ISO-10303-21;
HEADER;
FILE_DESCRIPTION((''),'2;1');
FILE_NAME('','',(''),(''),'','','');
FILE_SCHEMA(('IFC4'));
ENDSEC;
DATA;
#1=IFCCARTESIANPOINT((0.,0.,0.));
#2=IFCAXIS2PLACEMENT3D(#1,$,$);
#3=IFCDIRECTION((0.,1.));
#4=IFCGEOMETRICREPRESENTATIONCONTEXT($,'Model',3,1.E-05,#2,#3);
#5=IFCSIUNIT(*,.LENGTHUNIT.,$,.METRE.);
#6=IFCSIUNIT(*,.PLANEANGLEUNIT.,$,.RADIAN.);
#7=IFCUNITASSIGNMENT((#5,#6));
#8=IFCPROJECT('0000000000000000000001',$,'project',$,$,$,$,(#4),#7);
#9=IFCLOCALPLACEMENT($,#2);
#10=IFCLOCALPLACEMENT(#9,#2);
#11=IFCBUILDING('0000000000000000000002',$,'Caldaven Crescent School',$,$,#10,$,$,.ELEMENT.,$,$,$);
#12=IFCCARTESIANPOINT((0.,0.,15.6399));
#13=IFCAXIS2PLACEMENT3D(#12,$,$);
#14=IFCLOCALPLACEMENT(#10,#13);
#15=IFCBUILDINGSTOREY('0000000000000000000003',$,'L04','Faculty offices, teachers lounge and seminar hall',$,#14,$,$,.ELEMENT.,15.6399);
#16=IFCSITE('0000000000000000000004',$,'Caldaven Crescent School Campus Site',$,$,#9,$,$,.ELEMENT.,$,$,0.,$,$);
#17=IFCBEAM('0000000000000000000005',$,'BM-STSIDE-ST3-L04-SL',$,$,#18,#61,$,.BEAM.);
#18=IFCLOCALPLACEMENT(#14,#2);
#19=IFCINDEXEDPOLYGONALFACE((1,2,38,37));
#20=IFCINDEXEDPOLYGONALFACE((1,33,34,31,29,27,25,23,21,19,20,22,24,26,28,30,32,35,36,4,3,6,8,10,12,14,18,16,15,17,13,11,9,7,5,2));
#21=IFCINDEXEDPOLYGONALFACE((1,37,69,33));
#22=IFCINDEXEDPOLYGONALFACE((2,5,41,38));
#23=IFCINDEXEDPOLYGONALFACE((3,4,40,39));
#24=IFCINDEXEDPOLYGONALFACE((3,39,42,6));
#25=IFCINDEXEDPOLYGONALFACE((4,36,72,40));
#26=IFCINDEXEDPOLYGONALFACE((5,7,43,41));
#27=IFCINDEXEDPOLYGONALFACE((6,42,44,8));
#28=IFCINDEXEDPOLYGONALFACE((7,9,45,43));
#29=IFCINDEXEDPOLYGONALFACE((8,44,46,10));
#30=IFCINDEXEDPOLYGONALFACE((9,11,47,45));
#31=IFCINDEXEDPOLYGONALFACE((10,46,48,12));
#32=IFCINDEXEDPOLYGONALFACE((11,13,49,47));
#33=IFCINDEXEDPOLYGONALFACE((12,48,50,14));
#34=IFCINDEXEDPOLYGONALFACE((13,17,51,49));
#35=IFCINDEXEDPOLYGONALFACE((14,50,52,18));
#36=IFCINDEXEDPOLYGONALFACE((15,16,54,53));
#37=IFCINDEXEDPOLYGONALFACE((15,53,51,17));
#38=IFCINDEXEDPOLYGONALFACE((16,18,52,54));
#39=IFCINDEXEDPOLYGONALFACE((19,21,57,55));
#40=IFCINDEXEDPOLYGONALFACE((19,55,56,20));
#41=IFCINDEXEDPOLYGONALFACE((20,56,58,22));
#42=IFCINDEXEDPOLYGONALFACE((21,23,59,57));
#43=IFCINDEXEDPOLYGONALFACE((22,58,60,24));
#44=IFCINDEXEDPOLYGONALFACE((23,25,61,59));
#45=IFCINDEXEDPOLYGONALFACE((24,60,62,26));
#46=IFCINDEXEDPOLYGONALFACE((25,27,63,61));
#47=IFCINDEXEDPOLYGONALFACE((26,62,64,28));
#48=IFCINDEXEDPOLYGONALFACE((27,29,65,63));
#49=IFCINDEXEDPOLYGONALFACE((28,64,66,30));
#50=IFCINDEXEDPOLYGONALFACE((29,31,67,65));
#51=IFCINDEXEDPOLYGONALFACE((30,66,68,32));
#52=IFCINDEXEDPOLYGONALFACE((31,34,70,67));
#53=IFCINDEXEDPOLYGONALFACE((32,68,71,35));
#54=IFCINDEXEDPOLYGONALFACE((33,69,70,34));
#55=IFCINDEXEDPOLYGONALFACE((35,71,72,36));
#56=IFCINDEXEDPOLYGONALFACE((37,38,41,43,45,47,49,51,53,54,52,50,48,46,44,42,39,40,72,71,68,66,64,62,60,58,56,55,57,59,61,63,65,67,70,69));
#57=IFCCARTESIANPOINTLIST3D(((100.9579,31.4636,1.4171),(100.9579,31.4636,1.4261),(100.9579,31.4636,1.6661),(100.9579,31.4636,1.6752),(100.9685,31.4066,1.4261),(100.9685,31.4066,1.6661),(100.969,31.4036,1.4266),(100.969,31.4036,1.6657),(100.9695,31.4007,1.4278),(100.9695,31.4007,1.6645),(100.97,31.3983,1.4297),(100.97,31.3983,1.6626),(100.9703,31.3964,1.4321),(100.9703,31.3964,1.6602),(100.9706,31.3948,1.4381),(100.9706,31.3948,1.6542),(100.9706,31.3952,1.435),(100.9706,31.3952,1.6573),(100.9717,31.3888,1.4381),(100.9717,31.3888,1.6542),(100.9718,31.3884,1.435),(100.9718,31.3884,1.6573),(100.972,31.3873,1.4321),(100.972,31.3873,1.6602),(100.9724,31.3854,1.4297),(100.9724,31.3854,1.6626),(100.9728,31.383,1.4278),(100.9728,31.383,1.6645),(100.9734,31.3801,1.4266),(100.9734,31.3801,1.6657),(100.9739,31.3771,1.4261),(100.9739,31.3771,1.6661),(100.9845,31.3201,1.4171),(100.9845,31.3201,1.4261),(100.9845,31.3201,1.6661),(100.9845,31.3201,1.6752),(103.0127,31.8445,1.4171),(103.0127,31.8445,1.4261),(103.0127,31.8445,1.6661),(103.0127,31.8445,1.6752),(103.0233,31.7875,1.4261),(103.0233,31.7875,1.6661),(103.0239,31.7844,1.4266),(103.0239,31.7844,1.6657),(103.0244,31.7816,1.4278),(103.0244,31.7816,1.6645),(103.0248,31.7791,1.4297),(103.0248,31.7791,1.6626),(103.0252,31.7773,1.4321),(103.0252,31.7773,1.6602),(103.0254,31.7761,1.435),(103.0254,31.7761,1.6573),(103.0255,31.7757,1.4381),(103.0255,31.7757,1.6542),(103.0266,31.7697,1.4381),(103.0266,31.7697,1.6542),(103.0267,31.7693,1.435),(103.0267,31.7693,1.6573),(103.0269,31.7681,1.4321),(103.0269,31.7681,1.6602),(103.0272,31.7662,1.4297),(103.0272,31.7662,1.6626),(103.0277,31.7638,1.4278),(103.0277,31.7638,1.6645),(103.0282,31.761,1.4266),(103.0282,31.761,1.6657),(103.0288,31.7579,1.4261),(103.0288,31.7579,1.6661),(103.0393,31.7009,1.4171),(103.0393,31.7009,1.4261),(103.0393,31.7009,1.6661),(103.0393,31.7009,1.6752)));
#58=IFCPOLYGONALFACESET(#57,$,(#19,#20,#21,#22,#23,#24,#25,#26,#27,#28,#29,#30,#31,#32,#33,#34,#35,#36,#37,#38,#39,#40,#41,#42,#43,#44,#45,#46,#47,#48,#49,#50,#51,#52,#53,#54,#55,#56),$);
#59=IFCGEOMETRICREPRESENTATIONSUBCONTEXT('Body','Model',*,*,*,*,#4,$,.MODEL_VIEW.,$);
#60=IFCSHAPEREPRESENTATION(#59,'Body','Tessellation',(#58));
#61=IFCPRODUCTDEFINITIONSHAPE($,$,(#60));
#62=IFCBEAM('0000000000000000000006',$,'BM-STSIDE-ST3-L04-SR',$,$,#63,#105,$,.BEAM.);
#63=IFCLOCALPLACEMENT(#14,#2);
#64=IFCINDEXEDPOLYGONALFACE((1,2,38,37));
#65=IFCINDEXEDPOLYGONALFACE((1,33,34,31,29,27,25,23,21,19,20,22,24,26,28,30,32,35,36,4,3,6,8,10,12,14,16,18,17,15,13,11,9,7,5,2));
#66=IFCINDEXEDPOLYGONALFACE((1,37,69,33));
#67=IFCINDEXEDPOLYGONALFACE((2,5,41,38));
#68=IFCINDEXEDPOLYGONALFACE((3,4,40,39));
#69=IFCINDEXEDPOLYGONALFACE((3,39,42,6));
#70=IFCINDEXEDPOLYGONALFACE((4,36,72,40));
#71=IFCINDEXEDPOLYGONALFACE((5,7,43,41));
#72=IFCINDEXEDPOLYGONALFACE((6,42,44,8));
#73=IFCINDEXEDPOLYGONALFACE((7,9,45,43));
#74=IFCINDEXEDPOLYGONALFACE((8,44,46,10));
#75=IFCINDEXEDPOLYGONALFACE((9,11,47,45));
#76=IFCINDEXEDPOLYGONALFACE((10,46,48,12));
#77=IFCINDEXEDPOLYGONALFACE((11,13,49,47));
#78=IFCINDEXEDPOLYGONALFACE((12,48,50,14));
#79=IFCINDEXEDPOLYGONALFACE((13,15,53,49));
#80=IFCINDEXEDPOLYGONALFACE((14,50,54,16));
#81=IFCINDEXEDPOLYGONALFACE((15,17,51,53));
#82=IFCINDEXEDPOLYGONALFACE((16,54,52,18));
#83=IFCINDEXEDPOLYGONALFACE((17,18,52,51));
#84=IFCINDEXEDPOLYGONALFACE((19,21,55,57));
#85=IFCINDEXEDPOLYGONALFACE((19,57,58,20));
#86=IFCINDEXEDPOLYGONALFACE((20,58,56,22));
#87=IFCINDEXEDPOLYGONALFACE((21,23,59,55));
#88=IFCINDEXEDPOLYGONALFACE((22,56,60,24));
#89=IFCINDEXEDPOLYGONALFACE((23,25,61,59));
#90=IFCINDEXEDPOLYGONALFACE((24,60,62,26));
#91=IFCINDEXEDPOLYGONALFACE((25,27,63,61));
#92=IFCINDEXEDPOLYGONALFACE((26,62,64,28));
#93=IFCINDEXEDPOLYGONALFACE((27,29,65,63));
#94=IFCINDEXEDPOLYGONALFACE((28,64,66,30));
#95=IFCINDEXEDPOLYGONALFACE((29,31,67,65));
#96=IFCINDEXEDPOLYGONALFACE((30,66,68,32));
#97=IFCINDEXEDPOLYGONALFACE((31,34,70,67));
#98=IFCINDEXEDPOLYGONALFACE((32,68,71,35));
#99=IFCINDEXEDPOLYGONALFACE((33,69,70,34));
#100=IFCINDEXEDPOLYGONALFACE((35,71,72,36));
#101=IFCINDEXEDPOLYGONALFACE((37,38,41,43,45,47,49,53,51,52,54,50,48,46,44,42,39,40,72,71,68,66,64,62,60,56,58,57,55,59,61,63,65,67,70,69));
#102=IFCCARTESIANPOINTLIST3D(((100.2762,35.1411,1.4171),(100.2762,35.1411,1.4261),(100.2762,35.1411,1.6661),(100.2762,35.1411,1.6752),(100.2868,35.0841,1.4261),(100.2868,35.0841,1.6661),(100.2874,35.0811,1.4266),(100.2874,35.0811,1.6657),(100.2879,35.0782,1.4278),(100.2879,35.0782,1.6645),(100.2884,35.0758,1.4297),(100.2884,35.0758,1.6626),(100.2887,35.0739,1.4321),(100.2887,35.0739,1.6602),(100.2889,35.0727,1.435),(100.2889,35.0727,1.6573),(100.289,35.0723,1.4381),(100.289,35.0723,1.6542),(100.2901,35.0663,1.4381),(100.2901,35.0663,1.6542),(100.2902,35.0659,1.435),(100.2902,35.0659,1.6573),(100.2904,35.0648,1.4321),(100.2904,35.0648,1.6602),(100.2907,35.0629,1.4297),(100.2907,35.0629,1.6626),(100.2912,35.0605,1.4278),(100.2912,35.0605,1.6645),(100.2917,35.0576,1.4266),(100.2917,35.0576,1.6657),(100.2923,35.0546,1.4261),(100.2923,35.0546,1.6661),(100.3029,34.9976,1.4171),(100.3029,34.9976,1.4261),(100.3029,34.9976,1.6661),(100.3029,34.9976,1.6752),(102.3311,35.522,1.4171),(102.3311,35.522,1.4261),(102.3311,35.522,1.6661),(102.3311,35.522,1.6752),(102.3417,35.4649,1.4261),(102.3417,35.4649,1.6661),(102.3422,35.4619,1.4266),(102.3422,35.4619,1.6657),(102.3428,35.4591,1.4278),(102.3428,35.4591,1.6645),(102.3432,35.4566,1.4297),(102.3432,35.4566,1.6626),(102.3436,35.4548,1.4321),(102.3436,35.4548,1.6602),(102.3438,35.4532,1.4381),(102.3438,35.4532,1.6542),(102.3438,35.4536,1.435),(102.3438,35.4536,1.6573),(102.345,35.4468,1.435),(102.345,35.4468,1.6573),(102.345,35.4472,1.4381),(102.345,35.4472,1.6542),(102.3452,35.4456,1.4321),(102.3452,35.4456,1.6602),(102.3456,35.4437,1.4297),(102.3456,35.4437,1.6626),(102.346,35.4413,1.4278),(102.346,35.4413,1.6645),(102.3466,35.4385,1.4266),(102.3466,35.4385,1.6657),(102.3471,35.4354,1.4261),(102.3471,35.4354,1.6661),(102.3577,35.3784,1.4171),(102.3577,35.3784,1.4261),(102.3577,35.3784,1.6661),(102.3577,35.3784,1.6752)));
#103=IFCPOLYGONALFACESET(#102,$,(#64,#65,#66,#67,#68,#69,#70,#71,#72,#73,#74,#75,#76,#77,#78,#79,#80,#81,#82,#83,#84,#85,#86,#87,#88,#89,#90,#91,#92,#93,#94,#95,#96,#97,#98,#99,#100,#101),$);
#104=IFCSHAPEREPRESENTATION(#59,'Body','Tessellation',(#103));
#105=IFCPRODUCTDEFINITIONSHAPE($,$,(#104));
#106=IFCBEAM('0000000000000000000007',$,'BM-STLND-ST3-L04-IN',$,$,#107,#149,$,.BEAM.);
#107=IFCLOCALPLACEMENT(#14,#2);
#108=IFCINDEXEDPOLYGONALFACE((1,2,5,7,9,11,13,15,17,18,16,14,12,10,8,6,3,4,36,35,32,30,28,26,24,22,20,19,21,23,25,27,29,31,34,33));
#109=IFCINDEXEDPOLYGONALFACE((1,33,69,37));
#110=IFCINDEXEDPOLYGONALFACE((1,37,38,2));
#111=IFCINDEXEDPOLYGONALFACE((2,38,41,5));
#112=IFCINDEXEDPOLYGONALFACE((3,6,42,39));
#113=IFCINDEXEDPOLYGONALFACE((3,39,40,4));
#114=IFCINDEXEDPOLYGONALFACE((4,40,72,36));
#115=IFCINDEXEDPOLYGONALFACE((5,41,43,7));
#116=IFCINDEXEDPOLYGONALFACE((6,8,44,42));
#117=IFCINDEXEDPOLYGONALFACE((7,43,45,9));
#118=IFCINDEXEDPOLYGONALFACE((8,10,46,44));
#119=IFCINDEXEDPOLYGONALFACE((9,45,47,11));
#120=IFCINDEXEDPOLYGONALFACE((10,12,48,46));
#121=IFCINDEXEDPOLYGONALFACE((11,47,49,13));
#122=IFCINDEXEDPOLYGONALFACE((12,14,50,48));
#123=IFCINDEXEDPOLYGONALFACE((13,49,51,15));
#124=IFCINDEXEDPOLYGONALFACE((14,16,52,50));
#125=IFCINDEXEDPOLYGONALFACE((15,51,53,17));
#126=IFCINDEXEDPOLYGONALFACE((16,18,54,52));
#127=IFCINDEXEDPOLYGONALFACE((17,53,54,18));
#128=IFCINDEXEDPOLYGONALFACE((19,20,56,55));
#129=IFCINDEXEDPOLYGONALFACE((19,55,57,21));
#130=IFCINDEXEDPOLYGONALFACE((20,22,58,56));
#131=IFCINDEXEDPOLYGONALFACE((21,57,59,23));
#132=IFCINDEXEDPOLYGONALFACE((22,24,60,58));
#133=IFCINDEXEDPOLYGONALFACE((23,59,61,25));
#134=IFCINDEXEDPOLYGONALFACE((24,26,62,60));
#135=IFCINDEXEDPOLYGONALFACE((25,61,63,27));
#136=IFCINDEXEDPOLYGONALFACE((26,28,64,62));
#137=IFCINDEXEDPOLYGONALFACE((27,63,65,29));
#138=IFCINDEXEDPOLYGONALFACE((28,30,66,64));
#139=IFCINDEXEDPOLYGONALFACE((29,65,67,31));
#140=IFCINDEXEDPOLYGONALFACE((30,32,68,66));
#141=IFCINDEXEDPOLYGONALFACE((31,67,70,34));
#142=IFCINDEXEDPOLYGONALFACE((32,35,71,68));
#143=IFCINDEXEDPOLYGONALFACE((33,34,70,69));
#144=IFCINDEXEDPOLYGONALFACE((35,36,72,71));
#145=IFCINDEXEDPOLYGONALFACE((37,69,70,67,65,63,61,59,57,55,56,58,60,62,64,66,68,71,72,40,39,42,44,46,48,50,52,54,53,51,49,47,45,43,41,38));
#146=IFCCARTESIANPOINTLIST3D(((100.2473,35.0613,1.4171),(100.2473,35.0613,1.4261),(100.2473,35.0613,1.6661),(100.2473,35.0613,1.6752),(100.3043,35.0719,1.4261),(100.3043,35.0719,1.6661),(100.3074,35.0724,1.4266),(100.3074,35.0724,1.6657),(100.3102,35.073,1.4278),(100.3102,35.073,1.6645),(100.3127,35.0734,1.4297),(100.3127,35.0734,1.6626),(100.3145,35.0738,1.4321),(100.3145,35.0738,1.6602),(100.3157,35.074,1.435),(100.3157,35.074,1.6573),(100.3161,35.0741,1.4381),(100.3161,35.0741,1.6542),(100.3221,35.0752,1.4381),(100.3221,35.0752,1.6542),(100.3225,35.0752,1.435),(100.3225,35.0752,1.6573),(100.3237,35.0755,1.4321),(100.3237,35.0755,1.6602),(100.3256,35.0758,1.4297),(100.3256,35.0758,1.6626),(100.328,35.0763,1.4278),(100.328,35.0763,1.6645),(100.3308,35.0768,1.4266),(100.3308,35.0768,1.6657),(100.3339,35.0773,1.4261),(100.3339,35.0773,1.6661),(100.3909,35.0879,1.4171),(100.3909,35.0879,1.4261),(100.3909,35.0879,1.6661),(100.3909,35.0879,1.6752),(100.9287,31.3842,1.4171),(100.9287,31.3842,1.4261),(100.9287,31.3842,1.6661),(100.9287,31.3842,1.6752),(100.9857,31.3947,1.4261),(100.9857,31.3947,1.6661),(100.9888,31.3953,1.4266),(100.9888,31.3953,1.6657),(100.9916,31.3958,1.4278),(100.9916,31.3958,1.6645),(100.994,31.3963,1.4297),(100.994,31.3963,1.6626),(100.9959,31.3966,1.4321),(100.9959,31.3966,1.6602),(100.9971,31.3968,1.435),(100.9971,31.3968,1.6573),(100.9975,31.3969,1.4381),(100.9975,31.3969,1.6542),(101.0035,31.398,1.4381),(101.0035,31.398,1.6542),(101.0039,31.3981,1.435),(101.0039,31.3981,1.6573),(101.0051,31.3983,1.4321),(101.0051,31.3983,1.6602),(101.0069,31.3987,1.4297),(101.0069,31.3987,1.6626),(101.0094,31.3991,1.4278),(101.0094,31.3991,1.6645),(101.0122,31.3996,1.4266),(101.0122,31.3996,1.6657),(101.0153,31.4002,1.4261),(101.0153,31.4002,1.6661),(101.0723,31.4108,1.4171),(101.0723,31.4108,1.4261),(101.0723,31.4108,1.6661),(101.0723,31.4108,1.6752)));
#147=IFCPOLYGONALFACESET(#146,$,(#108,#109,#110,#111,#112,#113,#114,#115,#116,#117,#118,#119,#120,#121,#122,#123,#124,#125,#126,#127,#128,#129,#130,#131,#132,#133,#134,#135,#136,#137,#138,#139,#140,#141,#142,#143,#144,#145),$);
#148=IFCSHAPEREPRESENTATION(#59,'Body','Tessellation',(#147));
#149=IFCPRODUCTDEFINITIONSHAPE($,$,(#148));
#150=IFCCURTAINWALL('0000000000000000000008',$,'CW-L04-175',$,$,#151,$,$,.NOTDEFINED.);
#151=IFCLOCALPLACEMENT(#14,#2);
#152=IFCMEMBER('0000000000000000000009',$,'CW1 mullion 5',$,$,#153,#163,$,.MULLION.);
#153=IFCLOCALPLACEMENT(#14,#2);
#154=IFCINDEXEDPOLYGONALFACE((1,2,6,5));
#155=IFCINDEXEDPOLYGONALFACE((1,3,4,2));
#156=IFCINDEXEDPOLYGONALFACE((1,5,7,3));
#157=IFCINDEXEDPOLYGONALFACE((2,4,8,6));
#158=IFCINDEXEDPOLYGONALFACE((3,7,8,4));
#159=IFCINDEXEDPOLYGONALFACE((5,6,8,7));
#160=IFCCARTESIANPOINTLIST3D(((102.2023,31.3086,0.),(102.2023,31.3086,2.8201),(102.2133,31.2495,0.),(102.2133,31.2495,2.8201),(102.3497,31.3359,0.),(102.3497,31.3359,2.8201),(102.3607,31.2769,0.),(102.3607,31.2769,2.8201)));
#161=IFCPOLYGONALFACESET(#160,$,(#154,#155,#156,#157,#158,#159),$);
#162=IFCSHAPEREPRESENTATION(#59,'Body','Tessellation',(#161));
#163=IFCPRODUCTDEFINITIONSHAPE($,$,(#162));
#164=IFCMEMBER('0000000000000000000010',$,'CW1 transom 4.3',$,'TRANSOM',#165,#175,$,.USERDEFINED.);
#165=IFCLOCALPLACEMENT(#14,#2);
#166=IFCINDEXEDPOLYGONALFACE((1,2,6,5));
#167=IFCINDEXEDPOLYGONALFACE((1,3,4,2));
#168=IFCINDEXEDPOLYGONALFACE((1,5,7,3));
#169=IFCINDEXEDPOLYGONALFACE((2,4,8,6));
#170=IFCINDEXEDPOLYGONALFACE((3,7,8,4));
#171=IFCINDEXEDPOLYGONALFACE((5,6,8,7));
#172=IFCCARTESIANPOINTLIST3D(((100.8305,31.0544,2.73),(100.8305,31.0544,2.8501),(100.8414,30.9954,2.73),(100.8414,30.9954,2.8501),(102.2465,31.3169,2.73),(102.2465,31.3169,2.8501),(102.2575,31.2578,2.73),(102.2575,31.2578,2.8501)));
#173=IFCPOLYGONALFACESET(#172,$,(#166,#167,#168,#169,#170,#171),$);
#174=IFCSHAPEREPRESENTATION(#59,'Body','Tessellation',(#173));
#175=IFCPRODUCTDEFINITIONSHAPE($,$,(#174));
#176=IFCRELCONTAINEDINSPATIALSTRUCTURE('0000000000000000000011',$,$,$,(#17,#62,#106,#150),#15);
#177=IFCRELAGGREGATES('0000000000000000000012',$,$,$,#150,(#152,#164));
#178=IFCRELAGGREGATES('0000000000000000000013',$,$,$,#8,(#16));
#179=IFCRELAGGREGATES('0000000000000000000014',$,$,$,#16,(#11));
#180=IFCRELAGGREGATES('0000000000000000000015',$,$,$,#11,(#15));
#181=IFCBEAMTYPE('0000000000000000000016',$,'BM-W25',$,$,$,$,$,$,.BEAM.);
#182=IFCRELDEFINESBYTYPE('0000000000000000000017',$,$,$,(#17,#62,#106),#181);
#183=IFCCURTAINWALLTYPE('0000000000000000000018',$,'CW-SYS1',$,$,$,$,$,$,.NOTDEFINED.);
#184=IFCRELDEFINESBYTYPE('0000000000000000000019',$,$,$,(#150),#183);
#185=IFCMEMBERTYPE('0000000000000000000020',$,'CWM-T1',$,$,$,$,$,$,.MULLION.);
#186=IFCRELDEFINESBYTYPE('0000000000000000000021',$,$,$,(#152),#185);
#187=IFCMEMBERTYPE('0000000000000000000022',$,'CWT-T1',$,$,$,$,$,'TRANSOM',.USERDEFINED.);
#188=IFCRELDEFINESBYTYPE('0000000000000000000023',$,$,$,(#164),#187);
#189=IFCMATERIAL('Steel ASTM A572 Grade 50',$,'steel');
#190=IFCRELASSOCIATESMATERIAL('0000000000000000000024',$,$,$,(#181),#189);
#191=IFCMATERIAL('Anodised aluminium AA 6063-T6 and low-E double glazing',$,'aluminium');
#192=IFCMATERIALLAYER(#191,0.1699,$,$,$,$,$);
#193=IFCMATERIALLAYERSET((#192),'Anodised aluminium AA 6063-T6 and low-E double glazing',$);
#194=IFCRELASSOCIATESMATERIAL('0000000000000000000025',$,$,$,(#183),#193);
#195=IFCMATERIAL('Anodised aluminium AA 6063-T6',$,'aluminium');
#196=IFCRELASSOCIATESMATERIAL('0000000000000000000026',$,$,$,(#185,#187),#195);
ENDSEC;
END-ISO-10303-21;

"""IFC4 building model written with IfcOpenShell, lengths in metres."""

from ifc_helpers import new_model, si_unit, direction, frame, origin, origin_2d, place, context, subcontext, project, spatial, rectangle, i_section, extrude, material, layer, layer_set, material_profile, profile_set, type_object, element, aggregate, save


model = new_model("IFC4")

# Units and contexts
model_context = context("Model", 3, precision=1e-05, world=origin(), true_north=direction((0.0, 1.0)))
body_context = subcontext(model_context, "Body", "Model", "MODEL_VIEW")
ifc_project = project(units=[si_unit("LENGTHUNIT", "METRE"), si_unit("PLANEANGLEUNIT", "RADIAN")], contexts=[model_context])

# Site, building, storey
site_placement = place(None, origin())
site = spatial("IfcSite", under=ifc_project, at=site_placement, Name="Caldaven Crescent School Campus Site", CompositionType="ELEMENT", RefElevation=0.0)
building_placement = place(site_placement, origin())
building = spatial("IfcBuilding", under=site, at=building_placement, Name="Caldaven Crescent School", CompositionType="ELEMENT")
storey_placement = place(building_placement, frame((0.0, 0.0, 15.6399)))
storey = spatial("IfcBuildingStorey", under=building, at=storey_placement, Name="L04", Description="Faculty offices, teachers lounge and seminar hall", CompositionType="ELEMENT", Elevation=15.6399)

# Shared definitions
ifc_material_1 = material(Name="Steel ASTM A572 Grade 50", Category="steel")

# Beams
ifc_material_profile_1 = material_profile(ifc_material_1, i_section(OverallWidth=0.146, OverallDepth=0.2581, WebThickness=0.0061, FlangeThickness=0.009, FilletRadius=0.012, at=origin_2d()), Name="W250x33")
ifc_profile_set_1 = profile_set([ifc_material_profile_1], Name="Steel ASTM A572 Grade 50")
beam_type_1 = type_object("IfcBeamType", Name="BM-W25", PredefinedType="BEAM", material=ifc_profile_set_1)
for number, where, z_axis, x_axis, name in (
    (1, (100.9712, 31.3918, 1.5461), (0.983255, 0.182236, 0.0), (-0.182236, 0.983255, 0.0), "BM-STSIDE-ST3-L04-SL"),
    (2, (100.2896, 35.0693, 1.5461), (0.983255, 0.182236, 0.0), (-0.182236, 0.983255, 0.0), "BM-STSIDE-ST3-L04-SR"),
):
    element("IfcBeam", number, at=place(storey_placement, frame(where, z_axis=z_axis, x_axis=x_axis)), inside=storey, type_object=beam_type_1, Name=name, PredefinedType="BEAM", context=body_context, shape_type="SweptSolid", body=[
        extrude(i_section(OverallWidth=0.146, OverallDepth=0.2581, WebThickness=0.0061, FlangeThickness=0.009, FilletRadius=0.012, at=origin_2d()), origin(), (0.0, 0.0, 1.0), 2.0898),
    ])
beam_1_placement = place(storey_placement, frame((101.0005, 31.3975, 1.5461), z_axis=(-0.182199, 0.983262, 0.0), x_axis=(-0.983262, -0.182199, 0.0)))
element("IfcBeam", 3, at=beam_1_placement, inside=storey, type_object=beam_type_1, Name="BM-STLND-ST3-L04-IN", PredefinedType="BEAM", context=body_context, shape_type="SweptSolid", body=[
    extrude(i_section(OverallWidth=0.146, OverallDepth=0.2581, WebThickness=0.0061, FlangeThickness=0.009, FilletRadius=0.012, at=origin_2d()), origin(), (0.0, 0.0, 1.0), 3.7397),
])

# Curtain wall, members
ifc_material_2 = material(Name="Anodised aluminium AA 6063-T6 and low-E double glazing", Category="aluminium")
ifc_layer_1 = layer(ifc_material_2, 0.1699)
ifc_layer_set_1 = layer_set([ifc_layer_1], Name="Anodised aluminium AA 6063-T6 and low-E double glazing")
curtain_wall_type = type_object("IfcCurtainWallType", Name="CW-SYS1", PredefinedType="NOTDEFINED", material=ifc_layer_set_1)
curtain_wall_placement = place(storey_placement, origin())
curtain_wall = element("IfcCurtainWall", 4, at=curtain_wall_placement, inside=storey, type_object=curtain_wall_type, Name="CW-L04-175", PredefinedType="NOTDEFINED")
ifc_material_3 = material(Name="Anodised aluminium AA 6063-T6", Category="aluminium")
ifc_material_profile_2 = material_profile(ifc_material_3, rectangle(XDim=0.0601, YDim=0.1499, at=origin_2d()), Name="CWM 60x150")
ifc_profile_set_2 = profile_set([ifc_material_profile_2], Name="Anodised aluminium AA 6063-T6")
member_type_1 = type_object("IfcMemberType", Name="CWM-T1", PredefinedType="MULLION", material=ifc_profile_set_2)
member_1_placement = place(storey_placement, frame((102.2815, 31.2927, 0.0), z_axis=(0.0, 0.0, 1.0), x_axis=(-0.182236, 0.983255, 0.0)))
member_1 = element("IfcMember", 5, at=member_1_placement, type_object=member_type_1, Name="CW1 mullion 5", PredefinedType="MULLION", context=body_context, shape_type="SweptSolid", body=[
    extrude(rectangle(XDim=0.0601, YDim=0.1499, at=origin_2d()), origin(), (0.0, 0.0, 1.0), 2.8201),
])
ifc_material_profile_3 = material_profile(ifc_material_3, rectangle(XDim=0.0601, YDim=0.1201, at=origin_2d()), Name="CWT 60x120")
ifc_profile_set_3 = profile_set([ifc_material_profile_3], Name="Anodised aluminium AA 6063-T6")
member_type_2 = type_object("IfcMemberType", Name="CWT-T1", ElementType="TRANSOM", PredefinedType="USERDEFINED", material=ifc_profile_set_3)
member_2_placement = place(storey_placement, frame((100.8359, 31.0249, 2.79), z_axis=(0.983254, 0.182241, 0.0), x_axis=(-0.182241, 0.983254, 0.0)))
member_2 = element("IfcMember", 6, at=member_2_placement, type_object=member_type_2, Name="CW1 transom 4.3", ObjectType="TRANSOM", PredefinedType="USERDEFINED", context=body_context, shape_type="SweptSolid", body=[
    extrude(rectangle(XDim=0.0601, YDim=0.1201, at=origin_2d()), origin(), (0.0, 0.0, 1.0), 1.4402),
])

aggregate(curtain_wall, [member_1, member_2])

save(model, "model.ifc")
